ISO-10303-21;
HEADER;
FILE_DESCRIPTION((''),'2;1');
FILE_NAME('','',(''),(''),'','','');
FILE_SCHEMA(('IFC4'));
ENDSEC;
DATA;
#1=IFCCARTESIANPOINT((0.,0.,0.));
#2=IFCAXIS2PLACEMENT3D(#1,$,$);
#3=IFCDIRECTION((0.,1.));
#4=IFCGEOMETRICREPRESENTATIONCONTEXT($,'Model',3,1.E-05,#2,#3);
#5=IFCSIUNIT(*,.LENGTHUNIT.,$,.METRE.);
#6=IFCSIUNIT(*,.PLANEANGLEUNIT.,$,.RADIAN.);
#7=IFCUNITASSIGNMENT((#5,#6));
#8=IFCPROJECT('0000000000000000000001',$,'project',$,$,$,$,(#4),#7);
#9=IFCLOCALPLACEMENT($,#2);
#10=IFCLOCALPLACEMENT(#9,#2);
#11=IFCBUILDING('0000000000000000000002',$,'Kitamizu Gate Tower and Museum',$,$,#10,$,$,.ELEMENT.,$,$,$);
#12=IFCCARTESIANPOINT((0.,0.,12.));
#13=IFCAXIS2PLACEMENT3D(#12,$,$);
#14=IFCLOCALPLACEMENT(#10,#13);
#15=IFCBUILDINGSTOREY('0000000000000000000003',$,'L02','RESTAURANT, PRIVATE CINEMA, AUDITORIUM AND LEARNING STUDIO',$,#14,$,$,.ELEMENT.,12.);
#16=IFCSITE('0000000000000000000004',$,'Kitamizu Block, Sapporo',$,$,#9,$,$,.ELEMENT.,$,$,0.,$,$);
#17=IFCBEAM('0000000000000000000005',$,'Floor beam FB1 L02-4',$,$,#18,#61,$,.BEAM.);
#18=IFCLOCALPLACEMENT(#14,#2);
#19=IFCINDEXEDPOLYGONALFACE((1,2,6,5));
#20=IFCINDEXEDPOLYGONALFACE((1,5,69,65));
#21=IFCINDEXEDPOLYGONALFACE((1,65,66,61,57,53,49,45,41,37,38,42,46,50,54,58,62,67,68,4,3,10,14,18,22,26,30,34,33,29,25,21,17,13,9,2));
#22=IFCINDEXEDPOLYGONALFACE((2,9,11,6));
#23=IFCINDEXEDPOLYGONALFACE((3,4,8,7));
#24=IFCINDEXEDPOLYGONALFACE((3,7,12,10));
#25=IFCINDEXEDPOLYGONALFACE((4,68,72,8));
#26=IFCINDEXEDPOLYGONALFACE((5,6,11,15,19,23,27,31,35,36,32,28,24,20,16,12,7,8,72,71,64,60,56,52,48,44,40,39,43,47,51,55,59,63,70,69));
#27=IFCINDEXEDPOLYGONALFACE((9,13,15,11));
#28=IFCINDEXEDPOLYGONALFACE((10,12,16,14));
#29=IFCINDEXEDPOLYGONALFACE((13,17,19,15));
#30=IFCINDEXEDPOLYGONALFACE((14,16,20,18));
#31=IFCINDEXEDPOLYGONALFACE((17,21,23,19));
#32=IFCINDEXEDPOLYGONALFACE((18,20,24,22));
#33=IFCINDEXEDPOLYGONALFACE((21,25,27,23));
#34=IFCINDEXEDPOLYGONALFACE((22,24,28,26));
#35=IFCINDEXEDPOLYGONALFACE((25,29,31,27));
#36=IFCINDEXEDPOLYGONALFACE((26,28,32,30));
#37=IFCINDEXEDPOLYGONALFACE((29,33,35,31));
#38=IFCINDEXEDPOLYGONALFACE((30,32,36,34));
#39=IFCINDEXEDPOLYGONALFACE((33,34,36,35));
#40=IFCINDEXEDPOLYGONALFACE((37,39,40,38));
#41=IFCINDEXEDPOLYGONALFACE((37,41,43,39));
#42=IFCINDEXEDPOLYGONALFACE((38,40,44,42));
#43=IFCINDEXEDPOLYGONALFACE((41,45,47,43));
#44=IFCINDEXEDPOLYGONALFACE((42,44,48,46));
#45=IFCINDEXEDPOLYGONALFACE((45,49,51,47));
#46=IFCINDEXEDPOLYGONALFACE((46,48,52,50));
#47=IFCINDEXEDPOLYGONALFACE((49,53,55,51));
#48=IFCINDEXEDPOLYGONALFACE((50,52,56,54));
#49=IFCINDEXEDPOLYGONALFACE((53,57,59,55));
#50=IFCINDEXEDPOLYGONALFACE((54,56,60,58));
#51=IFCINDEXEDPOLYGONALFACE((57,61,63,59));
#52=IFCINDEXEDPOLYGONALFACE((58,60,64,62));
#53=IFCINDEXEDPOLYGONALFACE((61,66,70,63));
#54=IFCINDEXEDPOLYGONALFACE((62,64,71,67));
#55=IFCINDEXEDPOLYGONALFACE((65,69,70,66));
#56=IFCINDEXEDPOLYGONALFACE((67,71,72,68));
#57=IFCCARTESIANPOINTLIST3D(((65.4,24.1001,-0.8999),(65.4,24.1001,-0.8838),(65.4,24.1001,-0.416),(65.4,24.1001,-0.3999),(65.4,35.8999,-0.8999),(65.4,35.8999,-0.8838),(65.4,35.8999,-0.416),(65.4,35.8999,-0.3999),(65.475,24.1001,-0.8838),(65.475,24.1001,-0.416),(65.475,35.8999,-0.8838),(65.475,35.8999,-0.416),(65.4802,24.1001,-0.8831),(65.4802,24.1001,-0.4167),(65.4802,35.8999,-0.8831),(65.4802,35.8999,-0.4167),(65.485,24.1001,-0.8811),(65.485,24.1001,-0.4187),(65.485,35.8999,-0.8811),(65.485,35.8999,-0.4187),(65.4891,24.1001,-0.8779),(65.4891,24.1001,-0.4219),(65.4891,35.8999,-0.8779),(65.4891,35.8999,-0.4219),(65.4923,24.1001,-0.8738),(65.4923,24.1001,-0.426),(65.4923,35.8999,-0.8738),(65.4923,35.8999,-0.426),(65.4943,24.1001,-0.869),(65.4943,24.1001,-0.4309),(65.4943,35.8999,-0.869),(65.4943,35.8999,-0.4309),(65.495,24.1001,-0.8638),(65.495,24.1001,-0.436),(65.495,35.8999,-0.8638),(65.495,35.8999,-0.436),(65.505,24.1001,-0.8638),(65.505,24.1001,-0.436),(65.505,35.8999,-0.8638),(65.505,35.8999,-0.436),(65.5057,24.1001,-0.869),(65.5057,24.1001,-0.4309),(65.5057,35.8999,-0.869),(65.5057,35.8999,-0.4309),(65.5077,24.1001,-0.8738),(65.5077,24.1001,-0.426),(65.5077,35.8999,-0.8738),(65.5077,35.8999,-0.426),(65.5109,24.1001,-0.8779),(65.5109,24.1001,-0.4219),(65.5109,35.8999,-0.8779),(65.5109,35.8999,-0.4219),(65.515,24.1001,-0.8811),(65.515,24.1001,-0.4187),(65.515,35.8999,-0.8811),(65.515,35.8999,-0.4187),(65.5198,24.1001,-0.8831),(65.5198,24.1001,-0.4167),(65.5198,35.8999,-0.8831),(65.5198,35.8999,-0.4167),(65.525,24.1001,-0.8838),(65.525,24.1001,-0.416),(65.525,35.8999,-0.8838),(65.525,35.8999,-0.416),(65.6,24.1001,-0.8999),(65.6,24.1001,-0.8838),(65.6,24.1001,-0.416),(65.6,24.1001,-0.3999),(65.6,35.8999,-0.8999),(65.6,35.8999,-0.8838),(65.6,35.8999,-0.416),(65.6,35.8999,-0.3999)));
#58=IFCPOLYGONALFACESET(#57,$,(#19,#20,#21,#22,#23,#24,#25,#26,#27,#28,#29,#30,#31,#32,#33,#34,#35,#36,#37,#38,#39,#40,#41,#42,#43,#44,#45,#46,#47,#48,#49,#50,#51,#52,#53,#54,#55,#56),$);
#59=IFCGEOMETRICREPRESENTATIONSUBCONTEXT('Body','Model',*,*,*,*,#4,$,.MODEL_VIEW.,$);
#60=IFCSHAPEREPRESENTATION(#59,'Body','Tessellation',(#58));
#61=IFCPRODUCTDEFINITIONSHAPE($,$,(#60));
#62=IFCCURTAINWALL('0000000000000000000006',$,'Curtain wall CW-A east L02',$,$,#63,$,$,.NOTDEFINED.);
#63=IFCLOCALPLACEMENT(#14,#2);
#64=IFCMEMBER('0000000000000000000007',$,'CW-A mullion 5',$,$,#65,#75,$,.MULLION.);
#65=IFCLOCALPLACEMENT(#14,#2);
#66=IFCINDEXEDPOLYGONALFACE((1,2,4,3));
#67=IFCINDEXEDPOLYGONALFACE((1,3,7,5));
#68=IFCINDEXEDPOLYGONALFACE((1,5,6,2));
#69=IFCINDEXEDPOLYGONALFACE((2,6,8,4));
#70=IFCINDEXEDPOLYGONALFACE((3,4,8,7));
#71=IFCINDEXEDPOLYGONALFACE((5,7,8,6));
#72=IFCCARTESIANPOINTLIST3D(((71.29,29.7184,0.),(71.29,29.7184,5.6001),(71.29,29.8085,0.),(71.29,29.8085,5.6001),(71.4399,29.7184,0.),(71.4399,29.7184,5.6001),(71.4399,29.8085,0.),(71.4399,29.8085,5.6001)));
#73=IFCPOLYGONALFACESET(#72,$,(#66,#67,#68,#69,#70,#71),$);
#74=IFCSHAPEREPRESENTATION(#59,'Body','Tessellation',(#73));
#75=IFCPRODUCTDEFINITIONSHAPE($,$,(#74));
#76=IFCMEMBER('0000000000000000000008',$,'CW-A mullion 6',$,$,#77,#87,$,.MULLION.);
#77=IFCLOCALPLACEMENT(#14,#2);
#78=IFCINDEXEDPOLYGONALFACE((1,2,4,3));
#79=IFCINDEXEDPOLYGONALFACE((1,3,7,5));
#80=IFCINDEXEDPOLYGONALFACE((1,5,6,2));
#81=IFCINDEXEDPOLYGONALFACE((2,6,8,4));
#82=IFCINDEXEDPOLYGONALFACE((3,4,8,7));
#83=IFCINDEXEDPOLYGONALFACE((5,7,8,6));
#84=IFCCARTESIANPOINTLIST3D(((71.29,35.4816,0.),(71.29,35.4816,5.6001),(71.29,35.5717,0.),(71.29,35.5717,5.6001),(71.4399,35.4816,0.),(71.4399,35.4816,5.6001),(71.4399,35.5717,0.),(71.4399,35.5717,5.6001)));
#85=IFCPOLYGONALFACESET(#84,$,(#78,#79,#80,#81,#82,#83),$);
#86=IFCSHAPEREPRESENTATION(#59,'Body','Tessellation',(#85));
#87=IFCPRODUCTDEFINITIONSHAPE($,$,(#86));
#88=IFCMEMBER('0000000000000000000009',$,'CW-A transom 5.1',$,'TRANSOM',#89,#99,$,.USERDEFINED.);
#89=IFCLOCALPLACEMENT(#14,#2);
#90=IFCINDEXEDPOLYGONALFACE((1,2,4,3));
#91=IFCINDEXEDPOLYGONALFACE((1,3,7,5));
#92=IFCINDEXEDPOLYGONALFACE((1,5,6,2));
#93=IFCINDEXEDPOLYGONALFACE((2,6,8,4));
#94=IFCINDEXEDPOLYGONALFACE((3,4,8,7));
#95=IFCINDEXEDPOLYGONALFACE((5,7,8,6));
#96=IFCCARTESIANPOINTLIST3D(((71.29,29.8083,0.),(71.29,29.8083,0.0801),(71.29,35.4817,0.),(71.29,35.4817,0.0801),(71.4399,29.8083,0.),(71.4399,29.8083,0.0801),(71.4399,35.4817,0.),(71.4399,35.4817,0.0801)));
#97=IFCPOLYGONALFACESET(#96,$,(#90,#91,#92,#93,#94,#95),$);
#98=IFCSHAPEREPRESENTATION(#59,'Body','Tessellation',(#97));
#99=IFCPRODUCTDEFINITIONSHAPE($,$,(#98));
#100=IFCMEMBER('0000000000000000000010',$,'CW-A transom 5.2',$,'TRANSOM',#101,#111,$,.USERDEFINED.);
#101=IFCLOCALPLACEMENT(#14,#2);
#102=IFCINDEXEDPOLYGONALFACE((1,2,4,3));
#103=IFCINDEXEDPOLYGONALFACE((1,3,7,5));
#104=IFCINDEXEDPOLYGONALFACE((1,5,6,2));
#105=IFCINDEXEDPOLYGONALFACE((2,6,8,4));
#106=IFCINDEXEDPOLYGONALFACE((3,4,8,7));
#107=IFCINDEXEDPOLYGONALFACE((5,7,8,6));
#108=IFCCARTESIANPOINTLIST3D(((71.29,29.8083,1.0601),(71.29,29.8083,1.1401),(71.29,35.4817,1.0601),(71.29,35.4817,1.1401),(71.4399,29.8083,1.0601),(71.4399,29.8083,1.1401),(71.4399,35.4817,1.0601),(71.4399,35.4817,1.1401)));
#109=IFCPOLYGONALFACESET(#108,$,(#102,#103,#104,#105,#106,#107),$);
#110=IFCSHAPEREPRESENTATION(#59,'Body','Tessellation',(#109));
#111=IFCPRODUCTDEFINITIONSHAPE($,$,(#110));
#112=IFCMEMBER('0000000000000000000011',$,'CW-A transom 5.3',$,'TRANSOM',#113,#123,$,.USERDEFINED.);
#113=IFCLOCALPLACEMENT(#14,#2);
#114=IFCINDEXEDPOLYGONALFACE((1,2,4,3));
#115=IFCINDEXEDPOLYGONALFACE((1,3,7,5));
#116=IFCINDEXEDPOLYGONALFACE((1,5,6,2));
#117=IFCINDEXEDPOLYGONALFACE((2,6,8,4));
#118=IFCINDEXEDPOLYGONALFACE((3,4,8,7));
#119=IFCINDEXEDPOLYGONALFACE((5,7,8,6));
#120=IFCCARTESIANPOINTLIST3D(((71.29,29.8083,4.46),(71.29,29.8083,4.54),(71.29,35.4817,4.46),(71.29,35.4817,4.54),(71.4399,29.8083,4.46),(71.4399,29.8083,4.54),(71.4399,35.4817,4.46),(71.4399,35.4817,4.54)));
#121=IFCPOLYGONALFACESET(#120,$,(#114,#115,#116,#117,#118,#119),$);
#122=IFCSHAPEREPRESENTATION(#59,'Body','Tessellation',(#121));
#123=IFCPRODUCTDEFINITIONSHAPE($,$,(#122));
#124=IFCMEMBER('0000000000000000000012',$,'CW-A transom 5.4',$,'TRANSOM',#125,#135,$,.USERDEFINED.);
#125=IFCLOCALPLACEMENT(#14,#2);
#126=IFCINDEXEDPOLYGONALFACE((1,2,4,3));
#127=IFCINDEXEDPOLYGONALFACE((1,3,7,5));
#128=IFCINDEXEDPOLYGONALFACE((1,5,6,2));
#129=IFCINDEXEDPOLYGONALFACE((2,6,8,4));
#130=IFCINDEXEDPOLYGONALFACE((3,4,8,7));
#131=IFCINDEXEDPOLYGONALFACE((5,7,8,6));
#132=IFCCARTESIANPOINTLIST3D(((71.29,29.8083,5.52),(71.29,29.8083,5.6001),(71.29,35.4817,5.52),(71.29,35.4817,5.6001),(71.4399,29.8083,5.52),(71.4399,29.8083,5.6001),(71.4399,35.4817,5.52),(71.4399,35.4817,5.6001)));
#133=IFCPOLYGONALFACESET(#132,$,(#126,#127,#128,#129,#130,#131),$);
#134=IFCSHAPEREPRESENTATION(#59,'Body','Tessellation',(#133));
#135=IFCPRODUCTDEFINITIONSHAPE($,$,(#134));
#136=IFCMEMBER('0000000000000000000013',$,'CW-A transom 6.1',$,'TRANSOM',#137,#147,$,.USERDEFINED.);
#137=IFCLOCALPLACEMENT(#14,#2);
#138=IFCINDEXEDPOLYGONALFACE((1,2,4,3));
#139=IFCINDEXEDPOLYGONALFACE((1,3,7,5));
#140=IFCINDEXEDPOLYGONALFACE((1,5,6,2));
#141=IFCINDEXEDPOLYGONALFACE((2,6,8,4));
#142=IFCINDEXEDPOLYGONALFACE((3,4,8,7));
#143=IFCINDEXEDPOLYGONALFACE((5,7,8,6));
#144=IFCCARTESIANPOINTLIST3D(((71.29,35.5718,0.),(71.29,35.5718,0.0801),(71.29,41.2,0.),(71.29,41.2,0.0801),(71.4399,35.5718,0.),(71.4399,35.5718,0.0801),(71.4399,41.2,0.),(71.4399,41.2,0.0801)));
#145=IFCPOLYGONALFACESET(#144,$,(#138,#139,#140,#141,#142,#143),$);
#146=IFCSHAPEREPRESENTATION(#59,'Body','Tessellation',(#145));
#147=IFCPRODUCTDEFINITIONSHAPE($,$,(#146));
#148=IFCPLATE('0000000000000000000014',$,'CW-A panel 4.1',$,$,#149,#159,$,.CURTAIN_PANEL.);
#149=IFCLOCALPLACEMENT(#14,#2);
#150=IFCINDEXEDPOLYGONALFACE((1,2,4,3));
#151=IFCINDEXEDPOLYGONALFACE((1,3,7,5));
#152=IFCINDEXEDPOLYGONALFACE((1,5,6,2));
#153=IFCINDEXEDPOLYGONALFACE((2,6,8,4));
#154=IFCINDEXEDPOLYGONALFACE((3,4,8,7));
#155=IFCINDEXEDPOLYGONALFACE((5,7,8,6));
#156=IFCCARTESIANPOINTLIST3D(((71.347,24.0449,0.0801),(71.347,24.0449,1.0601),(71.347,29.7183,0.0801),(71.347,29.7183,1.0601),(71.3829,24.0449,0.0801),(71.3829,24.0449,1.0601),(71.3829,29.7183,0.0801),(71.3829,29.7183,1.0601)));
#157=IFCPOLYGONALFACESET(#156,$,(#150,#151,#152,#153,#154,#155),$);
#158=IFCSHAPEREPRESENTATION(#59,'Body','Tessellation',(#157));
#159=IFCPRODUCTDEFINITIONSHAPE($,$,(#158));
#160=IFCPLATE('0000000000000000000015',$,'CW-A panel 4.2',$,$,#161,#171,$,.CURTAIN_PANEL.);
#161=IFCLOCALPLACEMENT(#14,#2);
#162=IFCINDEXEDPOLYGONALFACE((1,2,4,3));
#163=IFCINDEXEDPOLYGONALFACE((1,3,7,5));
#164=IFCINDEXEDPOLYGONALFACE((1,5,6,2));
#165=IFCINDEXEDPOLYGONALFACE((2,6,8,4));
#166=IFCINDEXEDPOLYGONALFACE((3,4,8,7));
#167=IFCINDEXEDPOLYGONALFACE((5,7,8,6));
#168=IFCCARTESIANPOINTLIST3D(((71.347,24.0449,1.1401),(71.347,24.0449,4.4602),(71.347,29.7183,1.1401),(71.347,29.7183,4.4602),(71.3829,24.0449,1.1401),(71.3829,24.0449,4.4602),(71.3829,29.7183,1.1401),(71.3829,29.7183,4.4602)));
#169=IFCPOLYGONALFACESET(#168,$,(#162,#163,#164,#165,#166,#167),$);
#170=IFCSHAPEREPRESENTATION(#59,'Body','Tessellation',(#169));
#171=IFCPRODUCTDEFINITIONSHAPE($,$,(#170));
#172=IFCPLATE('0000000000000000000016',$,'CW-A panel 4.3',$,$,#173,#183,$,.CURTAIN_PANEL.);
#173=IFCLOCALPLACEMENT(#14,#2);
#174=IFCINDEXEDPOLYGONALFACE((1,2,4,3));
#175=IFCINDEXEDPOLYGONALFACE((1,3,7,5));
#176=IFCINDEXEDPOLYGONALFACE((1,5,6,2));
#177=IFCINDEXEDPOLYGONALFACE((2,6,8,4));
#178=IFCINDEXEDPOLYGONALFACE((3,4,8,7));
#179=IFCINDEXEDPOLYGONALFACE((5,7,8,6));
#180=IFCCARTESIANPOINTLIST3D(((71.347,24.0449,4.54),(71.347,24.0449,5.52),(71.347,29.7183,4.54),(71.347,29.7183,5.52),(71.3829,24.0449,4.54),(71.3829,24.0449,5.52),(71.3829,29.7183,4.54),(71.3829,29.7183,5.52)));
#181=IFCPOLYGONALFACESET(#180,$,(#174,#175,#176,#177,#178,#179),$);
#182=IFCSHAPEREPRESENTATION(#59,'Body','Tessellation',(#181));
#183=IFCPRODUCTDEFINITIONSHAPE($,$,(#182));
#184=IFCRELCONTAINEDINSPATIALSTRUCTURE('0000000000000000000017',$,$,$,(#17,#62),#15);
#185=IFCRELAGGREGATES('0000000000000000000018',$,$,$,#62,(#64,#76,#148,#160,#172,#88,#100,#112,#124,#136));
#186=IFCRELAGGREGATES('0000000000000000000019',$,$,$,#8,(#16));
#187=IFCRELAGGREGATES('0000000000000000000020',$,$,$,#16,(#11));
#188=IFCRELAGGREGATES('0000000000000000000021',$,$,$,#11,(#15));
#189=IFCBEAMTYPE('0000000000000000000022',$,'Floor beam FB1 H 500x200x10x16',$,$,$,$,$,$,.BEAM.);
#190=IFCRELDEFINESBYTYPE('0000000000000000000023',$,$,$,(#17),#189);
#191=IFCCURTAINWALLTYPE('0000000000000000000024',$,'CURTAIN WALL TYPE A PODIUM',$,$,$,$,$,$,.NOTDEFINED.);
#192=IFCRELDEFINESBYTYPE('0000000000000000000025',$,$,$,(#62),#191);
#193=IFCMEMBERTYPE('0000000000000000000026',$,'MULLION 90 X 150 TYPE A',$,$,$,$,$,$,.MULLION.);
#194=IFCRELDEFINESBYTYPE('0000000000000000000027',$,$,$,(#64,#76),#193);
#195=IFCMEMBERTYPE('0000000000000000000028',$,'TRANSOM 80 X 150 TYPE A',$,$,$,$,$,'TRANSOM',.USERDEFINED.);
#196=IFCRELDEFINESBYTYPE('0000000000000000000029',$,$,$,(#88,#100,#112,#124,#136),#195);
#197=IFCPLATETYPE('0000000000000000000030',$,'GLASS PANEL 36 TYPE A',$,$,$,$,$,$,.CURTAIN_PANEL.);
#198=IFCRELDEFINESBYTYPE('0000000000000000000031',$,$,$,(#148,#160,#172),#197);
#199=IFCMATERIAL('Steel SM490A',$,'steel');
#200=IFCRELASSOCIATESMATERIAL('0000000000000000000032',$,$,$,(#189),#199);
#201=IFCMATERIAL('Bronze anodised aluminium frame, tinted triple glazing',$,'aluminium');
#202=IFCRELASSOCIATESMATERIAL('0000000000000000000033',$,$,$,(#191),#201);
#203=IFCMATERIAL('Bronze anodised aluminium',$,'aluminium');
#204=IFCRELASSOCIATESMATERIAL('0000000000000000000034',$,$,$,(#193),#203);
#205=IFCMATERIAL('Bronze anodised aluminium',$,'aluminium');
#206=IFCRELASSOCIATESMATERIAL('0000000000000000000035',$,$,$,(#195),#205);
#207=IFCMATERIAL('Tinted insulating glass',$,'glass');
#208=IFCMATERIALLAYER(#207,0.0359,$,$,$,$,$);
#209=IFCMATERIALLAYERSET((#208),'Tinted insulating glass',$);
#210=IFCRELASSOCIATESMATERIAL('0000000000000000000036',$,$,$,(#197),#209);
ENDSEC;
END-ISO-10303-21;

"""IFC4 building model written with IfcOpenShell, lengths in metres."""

from ifc_helpers import new_model, si_unit, direction, frame, origin, origin_2d, place, context, subcontext, project, spatial, rectangle, i_section, extrude, material, layer, layer_set, material_profile, profile_set, type_object, element, aggregate, save


model = new_model("IFC4")

# Units and contexts
model_context = context("Model", 3, precision=1e-05, world=origin(), true_north=direction((0.0, 1.0)))
body_context = subcontext(model_context, "Body", "Model", "MODEL_VIEW")
ifc_project = project(units=[si_unit("LENGTHUNIT", "METRE"), si_unit("PLANEANGLEUNIT", "RADIAN")], contexts=[model_context])

# Site, building, storey
site_placement = place(None, origin())
site = spatial("IfcSite", under=ifc_project, at=site_placement, Name="Kitamizu Block, Sapporo", CompositionType="ELEMENT", RefElevation=0.0)
building_placement = place(site_placement, origin())
building = spatial("IfcBuilding", under=site, at=building_placement, Name="Kitamizu Gate Tower and Museum", CompositionType="ELEMENT")
storey_placement = place(building_placement, frame((0.0, 0.0, 12.0)))
storey = spatial("IfcBuildingStorey", under=building, at=storey_placement, Name="L02", Description="RESTAURANT, PRIVATE CINEMA, AUDITORIUM AND LEARNING STUDIO", CompositionType="ELEMENT", Elevation=12.0)

# Beam
ifc_material_1 = material(Name="Steel SM490A", Category="steel")
ifc_material_profile_1 = material_profile(ifc_material_1, i_section(OverallWidth=0.2, OverallDepth=0.5, WebThickness=0.01, FlangeThickness=0.0161, FilletRadius=0.02, at=origin_2d()), Name="H-500x200x10x16")
ifc_profile_set_1 = profile_set([ifc_material_profile_1], Name="Steel SM490A")
beam_type = type_object("IfcBeamType", Name="Floor beam FB1 H 500x200x10x16", PredefinedType="BEAM", material=ifc_profile_set_1)
beam_placement = place(storey_placement, frame((65.5, 24.1001, -0.6499), z_axis=(0.0, 1.0, 0.0), x_axis=(-1.0, 0.0, 0.0)))
element("IfcBeam", 1, at=beam_placement, inside=storey, type_object=beam_type, Name="Floor beam FB1 L02-4", PredefinedType="BEAM", context=body_context, shape_type="SweptSolid", body=[
    extrude(i_section(OverallWidth=0.2, OverallDepth=0.5, WebThickness=0.01, FlangeThickness=0.0161, FilletRadius=0.02, at=origin_2d()), origin(), (0.0, 0.0, 1.0), 11.7998),
])

# Curtain wall, members, plates
ifc_material_2 = material(Name="Bronze anodised aluminium frame, tinted triple glazing", Category="aluminium")
curtain_wall_type = type_object("IfcCurtainWallType", Name="CURTAIN WALL TYPE A PODIUM", PredefinedType="NOTDEFINED", material=ifc_material_2)
curtain_wall_placement = place(storey_placement, origin())
curtain_wall = element("IfcCurtainWall", 2, at=curtain_wall_placement, inside=storey, type_object=curtain_wall_type, Name="Curtain wall CW-A east L02", PredefinedType="NOTDEFINED")
ifc_material_3 = material(Name="Bronze anodised aluminium", Category="aluminium")
ifc_material_profile_2 = material_profile(ifc_material_3, rectangle(XDim=0.0901, YDim=0.1499, at=origin_2d()), Name="AL 90X150")
ifc_profile_set_2 = profile_set([ifc_material_profile_2], Name="Bronze anodised aluminium")
member_type_1 = type_object("IfcMemberType", Name="MULLION 90 X 150 TYPE A", PredefinedType="MULLION", material=ifc_profile_set_2)
member_1_placement = place(storey_placement, frame((71.365, 29.7634, 0.0), z_axis=(0.0, 0.0, 1.0), x_axis=(0.0, 1.0, 0.0)))
member_1 = element("IfcMember", 3, at=member_1_placement, type_object=member_type_1, Name="CW-A mullion 5", PredefinedType="MULLION", context=body_context, shape_type="SweptSolid", body=[
    extrude(rectangle(XDim=0.0901, YDim=0.1499, at=origin_2d()), origin(), (0.0, 0.0, 1.0), 5.6001),
])
member_2_placement = place(storey_placement, frame((71.365, 35.5266, 0.0), z_axis=(0.0, 0.0, 1.0), x_axis=(0.0, 1.0, 0.0)))
member_2 = element("IfcMember", 4, at=member_2_placement, type_object=member_type_1, Name="CW-A mullion 6", PredefinedType="MULLION", context=body_context, shape_type="SweptSolid", body=[
    extrude(rectangle(XDim=0.0901, YDim=0.1499, at=origin_2d()), origin(), (0.0, 0.0, 1.0), 5.6001),
])
ifc_material_4 = material(Name="Bronze anodised aluminium", Category="aluminium")
ifc_material_profile_3 = material_profile(ifc_material_4, rectangle(XDim=0.1499, YDim=0.0801, at=origin_2d()), Name="AL 80X150")
ifc_profile_set_3 = profile_set([ifc_material_profile_3], Name="Bronze anodised aluminium")
member_type_2 = type_object("IfcMemberType", Name="TRANSOM 80 X 150 TYPE A", ElementType="TRANSOM", PredefinedType="USERDEFINED", material=ifc_profile_set_3)
member_3_placement = place(storey_placement, frame((71.365, 29.8083, 0.04), z_axis=(0.0, 1.0, 0.0), x_axis=(-1.0, 0.0, 0.0)))
member_3 = element("IfcMember", 5, at=member_3_placement, type_object=member_type_2, Name="CW-A transom 5.1", ObjectType="TRANSOM", PredefinedType="USERDEFINED", context=body_context, shape_type="SweptSolid", body=[
    extrude(rectangle(XDim=0.1499, YDim=0.0801, at=origin_2d()), origin(), (0.0, 0.0, 1.0), 5.6733),
])
member_4_placement = place(storey_placement, frame((71.365, 29.8083, 1.1001), z_axis=(0.0, 1.0, 0.0), x_axis=(-1.0, 0.0, 0.0)))
member_4 = element("IfcMember", 6, at=member_4_placement, type_object=member_type_2, Name="CW-A transom 5.2", ObjectType="TRANSOM", PredefinedType="USERDEFINED", context=body_context, shape_type="SweptSolid", body=[
    extrude(rectangle(XDim=0.1499, YDim=0.0801, at=origin_2d()), origin(), (0.0, 0.0, 1.0), 5.6733),
])
member_5_placement = place(storey_placement, frame((71.365, 29.8083, 4.5), z_axis=(0.0, 1.0, 0.0), x_axis=(-1.0, 0.0, 0.0)))
member_5 = element("IfcMember", 7, at=member_5_placement, type_object=member_type_2, Name="CW-A transom 5.3", ObjectType="TRANSOM", PredefinedType="USERDEFINED", context=body_context, shape_type="SweptSolid", body=[
    extrude(rectangle(XDim=0.1499, YDim=0.0801, at=origin_2d()), origin(), (0.0, 0.0, 1.0), 5.6733),
])
member_6_placement = place(storey_placement, frame((71.365, 29.8083, 5.5601), z_axis=(0.0, 1.0, 0.0), x_axis=(-1.0, 0.0, 0.0)))
member_6 = element("IfcMember", 8, at=member_6_placement, type_object=member_type_2, Name="CW-A transom 5.4", ObjectType="TRANSOM", PredefinedType="USERDEFINED", context=body_context, shape_type="SweptSolid", body=[
    extrude(rectangle(XDim=0.1499, YDim=0.0801, at=origin_2d()), origin(), (0.0, 0.0, 1.0), 5.6733),
])
member_7_placement = place(storey_placement, frame((71.365, 35.5718, 0.04), z_axis=(0.0, 1.0, 0.0), x_axis=(-1.0, 0.0, 0.0)))
member_7 = element("IfcMember", 9, at=member_7_placement, type_object=member_type_2, Name="CW-A transom 6.1", ObjectType="TRANSOM", PredefinedType="USERDEFINED", context=body_context, shape_type="SweptSolid", body=[
    extrude(rectangle(XDim=0.1499, YDim=0.0801, at=origin_2d()), origin(), (0.0, 0.0, 1.0), 5.6282),
])
ifc_material_5 = material(Name="Tinted insulating glass", Category="glass")
ifc_layer_1 = layer(ifc_material_5, 0.0359)
ifc_layer_set_1 = layer_set([ifc_layer_1], Name="Tinted insulating glass")
plate_type = type_object("IfcPlateType", Name="GLASS PANEL 36 TYPE A", PredefinedType="CURTAIN_PANEL", material=ifc_layer_set_1)
plate_1_placement = place(storey_placement, frame((71.365, 26.8816, 0.0801), z_axis=(0.0, 0.0, 1.0), x_axis=(0.0, 1.0, 0.0)))
plate_1 = element("IfcPlate", 10, at=plate_1_placement, type_object=plate_type, Name="CW-A panel 4.1", PredefinedType="CURTAIN_PANEL", context=body_context, shape_type="SweptSolid", body=[
    extrude(rectangle(XDim=5.6733, YDim=0.0359, at=origin_2d()), origin(), (0.0, 0.0, 1.0), 0.98),
])
plate_2_placement = place(storey_placement, frame((71.365, 26.8816, 1.1401), z_axis=(0.0, 0.0, 1.0), x_axis=(0.0, 1.0, 0.0)))
plate_2 = element("IfcPlate", 11, at=plate_2_placement, type_object=plate_type, Name="CW-A panel 4.2", PredefinedType="CURTAIN_PANEL", context=body_context, shape_type="SweptSolid", body=[
    extrude(rectangle(XDim=5.6733, YDim=0.0359, at=origin_2d()), origin(), (0.0, 0.0, 1.0), 3.3201),
])
plate_3_placement = place(storey_placement, frame((71.365, 26.8816, 4.54), z_axis=(0.0, 0.0, 1.0), x_axis=(0.0, 1.0, 0.0)))
plate_3 = element("IfcPlate", 12, at=plate_3_placement, type_object=plate_type, Name="CW-A panel 4.3", PredefinedType="CURTAIN_PANEL", context=body_context, shape_type="SweptSolid", body=[
    extrude(rectangle(XDim=5.6733, YDim=0.0359, at=origin_2d()), origin(), (0.0, 0.0, 1.0), 0.98),
])
aggregate(curtain_wall, [member_1, member_2, plate_1, plate_2, plate_3, member_3, member_4, member_5, member_6, member_7])

save(model, "model.ifc")
